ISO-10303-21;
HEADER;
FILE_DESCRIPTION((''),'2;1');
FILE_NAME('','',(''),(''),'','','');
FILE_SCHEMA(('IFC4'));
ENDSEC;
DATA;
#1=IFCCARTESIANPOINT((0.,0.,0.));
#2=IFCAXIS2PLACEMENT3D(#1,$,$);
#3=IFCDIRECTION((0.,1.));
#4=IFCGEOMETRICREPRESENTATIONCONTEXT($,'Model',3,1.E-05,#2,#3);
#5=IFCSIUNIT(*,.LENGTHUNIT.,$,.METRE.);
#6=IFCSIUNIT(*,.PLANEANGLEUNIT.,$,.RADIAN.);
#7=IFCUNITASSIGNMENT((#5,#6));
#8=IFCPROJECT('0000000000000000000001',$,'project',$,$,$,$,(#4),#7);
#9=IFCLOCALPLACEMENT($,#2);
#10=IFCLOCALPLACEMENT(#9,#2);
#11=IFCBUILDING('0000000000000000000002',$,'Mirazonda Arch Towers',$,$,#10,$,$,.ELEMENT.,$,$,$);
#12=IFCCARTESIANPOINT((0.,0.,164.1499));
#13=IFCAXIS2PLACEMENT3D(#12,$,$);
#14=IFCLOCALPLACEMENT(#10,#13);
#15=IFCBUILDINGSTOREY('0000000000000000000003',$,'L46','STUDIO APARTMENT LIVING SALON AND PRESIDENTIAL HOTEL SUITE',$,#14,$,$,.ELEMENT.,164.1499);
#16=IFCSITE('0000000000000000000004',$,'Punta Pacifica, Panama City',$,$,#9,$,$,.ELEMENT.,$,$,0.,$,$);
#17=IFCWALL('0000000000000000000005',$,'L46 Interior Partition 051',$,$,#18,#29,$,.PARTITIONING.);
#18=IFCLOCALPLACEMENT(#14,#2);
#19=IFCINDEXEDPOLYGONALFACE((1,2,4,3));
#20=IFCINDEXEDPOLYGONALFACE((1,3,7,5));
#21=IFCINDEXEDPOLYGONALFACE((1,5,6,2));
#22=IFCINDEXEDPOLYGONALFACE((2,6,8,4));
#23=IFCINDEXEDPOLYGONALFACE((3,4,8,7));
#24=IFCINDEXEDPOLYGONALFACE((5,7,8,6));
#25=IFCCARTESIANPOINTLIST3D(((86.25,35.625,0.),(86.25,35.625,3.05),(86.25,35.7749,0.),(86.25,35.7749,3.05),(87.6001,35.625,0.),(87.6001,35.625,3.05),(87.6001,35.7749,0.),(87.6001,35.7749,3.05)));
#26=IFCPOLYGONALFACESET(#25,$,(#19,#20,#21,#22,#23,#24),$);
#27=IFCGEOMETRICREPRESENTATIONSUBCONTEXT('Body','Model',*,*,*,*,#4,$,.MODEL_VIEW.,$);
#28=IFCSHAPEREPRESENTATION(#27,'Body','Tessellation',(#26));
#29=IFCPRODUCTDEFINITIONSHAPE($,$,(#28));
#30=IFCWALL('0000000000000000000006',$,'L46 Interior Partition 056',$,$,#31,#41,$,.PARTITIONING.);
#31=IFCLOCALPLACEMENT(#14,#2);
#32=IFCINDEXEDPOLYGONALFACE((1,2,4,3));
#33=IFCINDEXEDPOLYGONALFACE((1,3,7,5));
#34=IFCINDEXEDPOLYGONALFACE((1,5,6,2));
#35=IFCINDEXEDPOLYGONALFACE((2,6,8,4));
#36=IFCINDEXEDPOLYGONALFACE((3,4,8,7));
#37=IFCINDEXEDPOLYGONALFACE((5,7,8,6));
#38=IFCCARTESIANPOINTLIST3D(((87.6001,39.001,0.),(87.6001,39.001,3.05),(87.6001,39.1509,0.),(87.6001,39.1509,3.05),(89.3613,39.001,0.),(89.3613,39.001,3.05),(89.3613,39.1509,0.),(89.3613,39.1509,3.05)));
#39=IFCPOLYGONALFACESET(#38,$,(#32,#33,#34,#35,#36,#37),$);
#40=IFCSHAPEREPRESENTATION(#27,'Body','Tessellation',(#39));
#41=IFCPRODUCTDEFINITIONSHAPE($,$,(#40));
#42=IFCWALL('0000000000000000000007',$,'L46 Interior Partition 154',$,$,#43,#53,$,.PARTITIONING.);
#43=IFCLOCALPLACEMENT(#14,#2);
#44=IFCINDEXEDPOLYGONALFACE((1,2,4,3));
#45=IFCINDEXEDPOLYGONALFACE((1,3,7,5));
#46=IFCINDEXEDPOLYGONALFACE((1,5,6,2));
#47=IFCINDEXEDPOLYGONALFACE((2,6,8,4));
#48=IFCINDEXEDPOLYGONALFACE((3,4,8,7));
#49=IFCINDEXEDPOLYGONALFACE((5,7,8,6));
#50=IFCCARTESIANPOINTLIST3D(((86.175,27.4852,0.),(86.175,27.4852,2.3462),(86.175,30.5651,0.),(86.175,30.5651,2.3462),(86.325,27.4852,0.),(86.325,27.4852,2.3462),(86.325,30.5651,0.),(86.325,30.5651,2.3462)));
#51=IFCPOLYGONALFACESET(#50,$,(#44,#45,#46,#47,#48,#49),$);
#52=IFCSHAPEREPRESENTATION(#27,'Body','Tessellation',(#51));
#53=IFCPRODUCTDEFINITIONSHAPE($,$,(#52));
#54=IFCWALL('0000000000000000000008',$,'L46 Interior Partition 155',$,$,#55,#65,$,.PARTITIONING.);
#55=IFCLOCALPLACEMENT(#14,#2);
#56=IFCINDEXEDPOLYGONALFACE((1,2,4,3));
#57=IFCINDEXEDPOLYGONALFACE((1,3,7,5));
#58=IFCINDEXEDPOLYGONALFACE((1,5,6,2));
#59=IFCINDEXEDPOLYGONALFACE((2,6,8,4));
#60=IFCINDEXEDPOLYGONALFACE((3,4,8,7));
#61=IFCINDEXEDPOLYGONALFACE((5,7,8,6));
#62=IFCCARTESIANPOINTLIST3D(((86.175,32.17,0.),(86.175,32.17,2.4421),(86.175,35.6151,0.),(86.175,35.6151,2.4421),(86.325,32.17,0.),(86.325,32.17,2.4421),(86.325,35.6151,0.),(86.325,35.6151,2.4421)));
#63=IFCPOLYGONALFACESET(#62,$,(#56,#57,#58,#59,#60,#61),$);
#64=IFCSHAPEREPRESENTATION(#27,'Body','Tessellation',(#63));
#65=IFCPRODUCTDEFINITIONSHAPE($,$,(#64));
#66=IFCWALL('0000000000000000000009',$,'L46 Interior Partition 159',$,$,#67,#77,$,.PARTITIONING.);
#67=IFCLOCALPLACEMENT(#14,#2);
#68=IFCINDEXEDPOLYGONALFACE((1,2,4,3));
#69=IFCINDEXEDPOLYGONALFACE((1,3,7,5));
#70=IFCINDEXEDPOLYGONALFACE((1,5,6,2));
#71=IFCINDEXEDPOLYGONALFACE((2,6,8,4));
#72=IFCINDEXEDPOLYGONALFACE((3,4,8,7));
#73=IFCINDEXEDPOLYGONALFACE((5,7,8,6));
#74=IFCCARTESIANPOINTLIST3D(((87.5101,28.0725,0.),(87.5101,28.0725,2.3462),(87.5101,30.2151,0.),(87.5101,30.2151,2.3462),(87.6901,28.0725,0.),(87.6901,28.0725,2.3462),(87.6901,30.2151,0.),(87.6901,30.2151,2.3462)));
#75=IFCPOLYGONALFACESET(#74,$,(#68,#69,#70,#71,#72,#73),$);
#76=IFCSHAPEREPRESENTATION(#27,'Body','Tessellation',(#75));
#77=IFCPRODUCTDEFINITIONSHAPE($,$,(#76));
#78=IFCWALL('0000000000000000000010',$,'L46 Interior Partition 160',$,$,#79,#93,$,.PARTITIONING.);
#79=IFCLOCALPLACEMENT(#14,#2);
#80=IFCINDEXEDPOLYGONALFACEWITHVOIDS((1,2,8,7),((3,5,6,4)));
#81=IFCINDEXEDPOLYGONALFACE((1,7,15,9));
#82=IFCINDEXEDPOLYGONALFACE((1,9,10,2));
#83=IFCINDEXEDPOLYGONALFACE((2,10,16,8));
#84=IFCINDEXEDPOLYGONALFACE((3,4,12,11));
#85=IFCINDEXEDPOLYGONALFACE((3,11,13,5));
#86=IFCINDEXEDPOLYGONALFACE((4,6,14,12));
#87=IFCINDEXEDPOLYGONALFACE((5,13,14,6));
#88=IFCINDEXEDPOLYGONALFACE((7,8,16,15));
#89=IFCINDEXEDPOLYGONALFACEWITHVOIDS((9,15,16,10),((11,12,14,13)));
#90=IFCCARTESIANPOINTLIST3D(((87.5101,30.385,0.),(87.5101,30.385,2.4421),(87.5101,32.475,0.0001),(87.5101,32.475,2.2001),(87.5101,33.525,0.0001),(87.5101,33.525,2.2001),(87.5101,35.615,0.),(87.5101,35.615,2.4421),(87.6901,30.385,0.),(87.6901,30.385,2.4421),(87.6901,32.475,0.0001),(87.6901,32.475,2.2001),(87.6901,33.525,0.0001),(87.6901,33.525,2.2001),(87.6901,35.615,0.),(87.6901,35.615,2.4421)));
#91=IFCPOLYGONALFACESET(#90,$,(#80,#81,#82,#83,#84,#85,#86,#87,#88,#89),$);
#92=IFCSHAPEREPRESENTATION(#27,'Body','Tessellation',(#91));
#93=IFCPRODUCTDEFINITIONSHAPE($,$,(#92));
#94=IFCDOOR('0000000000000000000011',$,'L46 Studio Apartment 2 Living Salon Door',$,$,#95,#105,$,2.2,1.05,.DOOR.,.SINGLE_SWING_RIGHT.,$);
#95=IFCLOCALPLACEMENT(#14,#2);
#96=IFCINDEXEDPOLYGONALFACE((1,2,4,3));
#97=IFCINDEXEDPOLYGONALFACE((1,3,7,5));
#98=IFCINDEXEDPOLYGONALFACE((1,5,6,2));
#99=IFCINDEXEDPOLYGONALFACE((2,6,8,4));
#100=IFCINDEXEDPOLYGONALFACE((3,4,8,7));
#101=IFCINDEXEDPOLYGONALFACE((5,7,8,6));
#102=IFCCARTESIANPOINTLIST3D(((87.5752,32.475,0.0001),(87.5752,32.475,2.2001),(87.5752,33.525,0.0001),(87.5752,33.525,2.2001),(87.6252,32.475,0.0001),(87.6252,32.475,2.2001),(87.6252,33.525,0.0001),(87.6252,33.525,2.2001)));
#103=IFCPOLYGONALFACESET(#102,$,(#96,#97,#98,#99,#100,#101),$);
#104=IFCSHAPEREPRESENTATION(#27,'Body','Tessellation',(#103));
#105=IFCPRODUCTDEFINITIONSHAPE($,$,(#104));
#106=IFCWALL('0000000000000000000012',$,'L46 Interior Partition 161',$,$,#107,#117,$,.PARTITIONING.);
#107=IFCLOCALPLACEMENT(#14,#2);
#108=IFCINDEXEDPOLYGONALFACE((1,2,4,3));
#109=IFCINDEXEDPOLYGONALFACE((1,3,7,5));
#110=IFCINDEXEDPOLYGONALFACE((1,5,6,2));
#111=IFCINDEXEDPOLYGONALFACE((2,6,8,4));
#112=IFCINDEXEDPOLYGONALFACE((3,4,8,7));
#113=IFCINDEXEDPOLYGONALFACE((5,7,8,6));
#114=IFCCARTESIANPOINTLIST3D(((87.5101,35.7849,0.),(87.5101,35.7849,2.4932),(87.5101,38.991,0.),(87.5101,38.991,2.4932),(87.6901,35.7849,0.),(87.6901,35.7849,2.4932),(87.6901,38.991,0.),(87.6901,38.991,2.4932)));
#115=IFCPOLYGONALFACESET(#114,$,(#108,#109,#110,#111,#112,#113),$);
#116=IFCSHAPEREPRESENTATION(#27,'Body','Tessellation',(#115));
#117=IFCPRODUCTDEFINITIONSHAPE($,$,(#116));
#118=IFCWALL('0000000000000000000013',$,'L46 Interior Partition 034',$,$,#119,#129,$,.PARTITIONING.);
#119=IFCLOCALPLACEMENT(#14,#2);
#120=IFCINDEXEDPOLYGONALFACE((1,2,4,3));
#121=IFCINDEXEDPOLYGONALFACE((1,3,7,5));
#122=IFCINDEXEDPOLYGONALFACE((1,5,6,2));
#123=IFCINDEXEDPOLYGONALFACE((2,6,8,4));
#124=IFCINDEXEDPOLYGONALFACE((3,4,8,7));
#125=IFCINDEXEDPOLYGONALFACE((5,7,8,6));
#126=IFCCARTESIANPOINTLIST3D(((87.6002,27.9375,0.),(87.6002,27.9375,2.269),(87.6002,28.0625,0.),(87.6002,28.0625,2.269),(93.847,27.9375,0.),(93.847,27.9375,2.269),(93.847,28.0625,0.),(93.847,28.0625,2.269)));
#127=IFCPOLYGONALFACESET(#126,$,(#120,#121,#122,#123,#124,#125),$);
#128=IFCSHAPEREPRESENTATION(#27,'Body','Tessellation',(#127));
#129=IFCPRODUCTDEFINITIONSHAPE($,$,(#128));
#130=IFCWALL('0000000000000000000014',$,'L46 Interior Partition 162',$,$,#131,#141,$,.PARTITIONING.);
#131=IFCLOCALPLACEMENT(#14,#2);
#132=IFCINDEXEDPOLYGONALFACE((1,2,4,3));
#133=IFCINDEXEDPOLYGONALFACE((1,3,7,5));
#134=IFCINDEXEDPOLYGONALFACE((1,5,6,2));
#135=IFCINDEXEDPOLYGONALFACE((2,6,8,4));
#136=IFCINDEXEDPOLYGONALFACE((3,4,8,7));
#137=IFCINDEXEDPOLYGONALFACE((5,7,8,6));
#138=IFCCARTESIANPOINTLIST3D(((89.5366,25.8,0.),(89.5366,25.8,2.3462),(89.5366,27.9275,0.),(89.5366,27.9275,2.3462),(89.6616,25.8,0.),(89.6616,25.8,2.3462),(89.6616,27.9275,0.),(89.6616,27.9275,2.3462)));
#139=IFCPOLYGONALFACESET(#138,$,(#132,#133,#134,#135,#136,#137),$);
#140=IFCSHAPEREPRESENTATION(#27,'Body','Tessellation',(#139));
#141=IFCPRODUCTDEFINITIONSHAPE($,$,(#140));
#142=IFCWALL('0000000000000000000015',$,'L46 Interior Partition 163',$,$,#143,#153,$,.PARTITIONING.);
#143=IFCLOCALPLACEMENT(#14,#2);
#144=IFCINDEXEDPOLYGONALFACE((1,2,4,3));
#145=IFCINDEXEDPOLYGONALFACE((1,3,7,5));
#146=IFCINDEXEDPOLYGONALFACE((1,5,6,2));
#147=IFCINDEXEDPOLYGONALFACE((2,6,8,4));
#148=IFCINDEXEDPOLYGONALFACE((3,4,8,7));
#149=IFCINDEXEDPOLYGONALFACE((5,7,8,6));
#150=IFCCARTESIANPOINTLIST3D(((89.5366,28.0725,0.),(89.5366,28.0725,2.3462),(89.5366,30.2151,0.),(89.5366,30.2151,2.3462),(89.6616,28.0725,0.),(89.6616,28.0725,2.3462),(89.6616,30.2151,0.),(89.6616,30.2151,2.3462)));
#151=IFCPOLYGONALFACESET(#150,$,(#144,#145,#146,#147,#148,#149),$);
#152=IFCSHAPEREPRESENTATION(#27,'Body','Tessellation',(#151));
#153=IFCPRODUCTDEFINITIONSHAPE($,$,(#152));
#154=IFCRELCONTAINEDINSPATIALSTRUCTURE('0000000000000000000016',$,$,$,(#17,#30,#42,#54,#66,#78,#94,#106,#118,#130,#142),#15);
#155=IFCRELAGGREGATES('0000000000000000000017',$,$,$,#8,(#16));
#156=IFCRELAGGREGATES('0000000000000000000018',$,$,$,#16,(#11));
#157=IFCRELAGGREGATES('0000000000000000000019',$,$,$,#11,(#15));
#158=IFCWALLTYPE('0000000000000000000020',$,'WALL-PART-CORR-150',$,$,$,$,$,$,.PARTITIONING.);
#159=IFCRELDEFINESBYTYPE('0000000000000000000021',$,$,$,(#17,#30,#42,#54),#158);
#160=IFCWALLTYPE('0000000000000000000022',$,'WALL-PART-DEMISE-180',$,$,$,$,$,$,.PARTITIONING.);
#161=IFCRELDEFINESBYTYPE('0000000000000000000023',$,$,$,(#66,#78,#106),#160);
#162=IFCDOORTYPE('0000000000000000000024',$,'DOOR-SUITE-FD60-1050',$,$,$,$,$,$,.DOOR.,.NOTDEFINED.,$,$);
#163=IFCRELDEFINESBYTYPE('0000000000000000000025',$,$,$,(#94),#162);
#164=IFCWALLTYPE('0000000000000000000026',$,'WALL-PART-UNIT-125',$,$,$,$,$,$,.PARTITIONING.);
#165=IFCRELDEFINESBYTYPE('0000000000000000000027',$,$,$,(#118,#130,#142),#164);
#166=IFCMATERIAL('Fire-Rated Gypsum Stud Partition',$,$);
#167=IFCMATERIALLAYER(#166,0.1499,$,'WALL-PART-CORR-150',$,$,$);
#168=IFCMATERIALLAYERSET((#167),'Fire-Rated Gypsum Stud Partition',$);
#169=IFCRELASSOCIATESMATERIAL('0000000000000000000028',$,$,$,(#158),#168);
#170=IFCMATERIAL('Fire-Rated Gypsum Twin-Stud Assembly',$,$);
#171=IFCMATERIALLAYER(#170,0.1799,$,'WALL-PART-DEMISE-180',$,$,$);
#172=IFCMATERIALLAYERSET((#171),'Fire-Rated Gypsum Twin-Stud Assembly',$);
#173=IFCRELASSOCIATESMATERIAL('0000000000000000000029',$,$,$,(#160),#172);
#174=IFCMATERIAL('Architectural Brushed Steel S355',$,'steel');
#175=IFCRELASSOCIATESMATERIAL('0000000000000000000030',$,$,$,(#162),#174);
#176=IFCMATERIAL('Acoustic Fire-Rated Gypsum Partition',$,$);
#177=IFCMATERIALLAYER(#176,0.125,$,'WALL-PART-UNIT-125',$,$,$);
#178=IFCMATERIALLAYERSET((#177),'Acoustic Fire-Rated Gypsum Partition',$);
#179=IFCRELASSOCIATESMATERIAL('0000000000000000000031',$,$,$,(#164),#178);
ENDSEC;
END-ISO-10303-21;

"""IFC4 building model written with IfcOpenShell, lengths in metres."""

from ifc_helpers import new_model, si_unit, direction, frame, frame_2d, origin, place, context, subcontext, project, spatial, rectangle, extrude, material, layer, layer_set, type_object, element, fill, save


model = new_model("IFC4")

# Units and contexts
model_context = context("Model", 3, precision=1e-05, world=origin(), true_north=direction((0.0, 1.0)))
body_context = subcontext(model_context, "Body", "Model", "MODEL_VIEW")
ifc_project = project(units=[si_unit("LENGTHUNIT", "METRE"), si_unit("PLANEANGLEUNIT", "RADIAN")], contexts=[model_context])

# Site, building, storey
site_placement = place(None, origin())
site = spatial("IfcSite", under=ifc_project, at=site_placement, Name="Punta Pacifica, Panama City", CompositionType="ELEMENT", RefElevation=0.0)
building_placement = place(site_placement, origin())
building = spatial("IfcBuilding", under=site, at=building_placement, Name="Mirazonda Arch Towers", CompositionType="ELEMENT")
storey_placement = place(building_placement, frame((0.0, 0.0, 164.1499)))
storey = spatial("IfcBuildingStorey", under=building, at=storey_placement, Name="L46", Description="STUDIO APARTMENT LIVING SALON AND PRESIDENTIAL HOTEL SUITE", CompositionType="ELEMENT", Elevation=164.1499)

# Shared definitions
ifc_material_1 = material(Name="Fire-Rated Gypsum Stud Partition")
ifc_layer_1 = layer(ifc_material_1, 0.1499, Name="WALL-PART-CORR-150")
ifc_layer_set_1 = layer_set([ifc_layer_1], Name="Fire-Rated Gypsum Stud Partition")
wall_type_1 = type_object("IfcWallType", Name="WALL-PART-CORR-150", PredefinedType="PARTITIONING", material=ifc_layer_set_1)
ifc_material_2 = material(Name="Architectural Brushed Steel S355", Category="steel")

# Walls
wall_1_placement = place(storey_placement, frame((86.25, 35.7, 0.0), z_axis=(0.0, 0.0, 1.0), x_axis=(1.0, 0.0, 0.0)))
element("IfcWall", 1, at=wall_1_placement, inside=storey, type_object=wall_type_1, Name="L46 Interior Partition 051", PredefinedType="PARTITIONING", context=body_context, shape_type="SweptSolid", body=[
    extrude(rectangle(XDim=1.3501, YDim=0.1499, at=frame_2d((0.675, 0.0))), origin(), (0.0, 0.0, 1.0), 3.05),
])
wall_2_placement = place(storey_placement, frame((87.6001, 39.0759, 0.0), z_axis=(0.0, 0.0, 1.0), x_axis=(1.0, 0.0, 0.0)))
element("IfcWall", 2, at=wall_2_placement, inside=storey, type_object=wall_type_1, Name="L46 Interior Partition 056", PredefinedType="PARTITIONING", context=body_context, shape_type="SweptSolid", body=[
    extrude(rectangle(XDim=1.7612, YDim=0.1499, at=frame_2d((0.8806, 0.0))), origin(), (0.0, 0.0, 1.0), 3.05),
])
wall_3_placement = place(storey_placement, frame((86.25, 27.4851, 0.0), z_axis=(0.0, 0.0, 1.0), x_axis=(0.0, 1.0, 0.0)))
element("IfcWall", 3, at=wall_3_placement, inside=storey, type_object=wall_type_1, Name="L46 Interior Partition 154", PredefinedType="PARTITIONING", context=body_context, shape_type="SweptSolid", body=[
    extrude(rectangle(XDim=3.0798, YDim=0.1499, at=frame_2d((1.54, 0.0))), origin(), (0.0, 0.0, 1.0), 2.3462),
])
wall_4_placement = place(storey_placement, frame((86.25, 32.1699, 0.0), z_axis=(0.0, 0.0, 1.0), x_axis=(0.0, 1.0, 0.0)))
element("IfcWall", 4, at=wall_4_placement, inside=storey, type_object=wall_type_1, Name="L46 Interior Partition 155", PredefinedType="PARTITIONING", context=body_context, shape_type="SweptSolid", body=[
    extrude(rectangle(XDim=3.4451, YDim=0.1499, at=frame_2d((1.7227, 0.0))), origin(), (0.0, 0.0, 1.0), 2.4421),
])
ifc_material_3 = material(Name="Fire-Rated Gypsum Twin-Stud Assembly")
ifc_layer_2 = layer(ifc_material_3, 0.1799, Name="WALL-PART-DEMISE-180")
ifc_layer_set_2 = layer_set([ifc_layer_2], Name="Fire-Rated Gypsum Twin-Stud Assembly")
wall_type_2 = type_object("IfcWallType", Name="WALL-PART-DEMISE-180", PredefinedType="PARTITIONING", material=ifc_layer_set_2)
wall_5_placement = place(storey_placement, frame((87.6001, 28.0725, 0.0), z_axis=(0.0, 0.0, 1.0), x_axis=(0.0, 1.0, 0.0)))
element("IfcWall", 5, at=wall_5_placement, inside=storey, type_object=wall_type_2, Name="L46 Interior Partition 159", PredefinedType="PARTITIONING", context=body_context, shape_type="SweptSolid", body=[
    extrude(rectangle(XDim=2.1426, YDim=0.1799, at=frame_2d((1.0713, 0.0))), origin(), (0.0, 0.0, 1.0), 2.3462),
])

# Wall, opening, door
wall_6_placement = place(storey_placement, frame((87.6001, 30.385, 0.0), z_axis=(0.0, 0.0, 1.0), x_axis=(0.0, 1.0, 0.0)))
wall_6 = element("IfcWall", 6, at=wall_6_placement, inside=storey, type_object=wall_type_2, Name="L46 Interior Partition 160", PredefinedType="PARTITIONING", context=body_context, shape_type="SweptSolid", body=[
    extrude(rectangle(XDim=5.23, YDim=0.1799, at=frame_2d((2.615, 0.0))), origin(), (0.0, 0.0, 1.0), 2.4421),
])
opening_1_placement = place(wall_6_placement, frame((2.0901, 0.0, 0.0)))
opening_1 = element("IfcOpeningElement", 7, at=opening_1_placement, cuts=wall_6, PredefinedType="OPENING", context=body_context, shape_type="SweptSolid", body=[
    extrude(rectangle(XDim=1.05, YDim=2.2, at=frame_2d((0.5249, 1.1001))), frame((0.0, 0.0999, 0.0), z_axis=(0.0, -1.0, 0.0), x_axis=(1.0, 0.0, 0.0)), (0.0, 0.0, 1.0), 0.2),
])
door_type_1 = type_object("IfcDoorType", Name="DOOR-SUITE-FD60-1050", OperationType="NOTDEFINED", PredefinedType="DOOR", material=ifc_material_2)
door_1_placement = place(opening_1_placement, origin())
door_1 = element("IfcDoor", 8, at=door_1_placement, inside=storey, type_object=door_type_1, Name="L46 Studio Apartment 2 Living Salon Door", OperationType="SINGLE_SWING_RIGHT", OverallHeight=2.2, OverallWidth=1.05, PredefinedType="DOOR", context=body_context, shape_type="SweptSolid", body=[
    extrude(rectangle(XDim=1.05, YDim=2.2, at=frame_2d((0.5249, 1.1001))), frame((0.0, 0.0249, 0.0), z_axis=(0.0, -1.0, 0.0), x_axis=(1.0, 0.0, 0.0)), (0.0, 0.0, 1.0), 0.05),
])
fill(opening_1, door_1)

# Walls
wall_7_placement = place(storey_placement, frame((87.6001, 35.7849, 0.0), z_axis=(0.0, 0.0, 1.0), x_axis=(0.0, 1.0, 0.0)))
element("IfcWall", 9, at=wall_7_placement, inside=storey, type_object=wall_type_2, Name="L46 Interior Partition 161", PredefinedType="PARTITIONING", context=body_context, shape_type="SweptSolid", body=[
    extrude(rectangle(XDim=3.2061, YDim=0.1799, at=frame_2d((1.603, 0.0))), origin(), (0.0, 0.0, 1.0), 2.4932),
])
ifc_material_4 = material(Name="Acoustic Fire-Rated Gypsum Partition")
ifc_layer_3 = layer(ifc_material_4, 0.125, Name="WALL-PART-UNIT-125")
ifc_layer_set_3 = layer_set([ifc_layer_3], Name="Acoustic Fire-Rated Gypsum Partition")
wall_type_3 = type_object("IfcWallType", Name="WALL-PART-UNIT-125", PredefinedType="PARTITIONING", material=ifc_layer_set_3)
wall_8_placement = place(storey_placement, frame((87.6001, 28.0, 0.0), z_axis=(0.0, 0.0, 1.0), x_axis=(1.0, 0.0, 0.0)))
element("IfcWall", 10, at=wall_8_placement, inside=storey, type_object=wall_type_3, Name="L46 Interior Partition 034", PredefinedType="PARTITIONING", context=body_context, shape_type="SweptSolid", body=[
    extrude(rectangle(XDim=6.2468, YDim=0.125, at=frame_2d((3.1235, 0.0))), origin(), (0.0, 0.0, 1.0), 2.269),
])
wall_9_placement = place(storey_placement, frame((89.5991, 25.8, 0.0), z_axis=(0.0, 0.0, 1.0), x_axis=(0.0, 1.0, 0.0)))
element("IfcWall", 11, at=wall_9_placement, inside=storey, type_object=wall_type_3, Name="L46 Interior Partition 162", PredefinedType="PARTITIONING", context=body_context, shape_type="SweptSolid", body=[
    extrude(rectangle(XDim=2.1274, YDim=0.125, at=frame_2d((1.0637, 0.0))), origin(), (0.0, 0.0, 1.0), 2.3462),
])
wall_10_placement = place(storey_placement, frame((89.5991, 28.0725, 0.0), z_axis=(0.0, 0.0, 1.0), x_axis=(0.0, 1.0, 0.0)))
element("IfcWall", 12, at=wall_10_placement, inside=storey, type_object=wall_type_3, Name="L46 Interior Partition 163", PredefinedType="PARTITIONING", context=body_context, shape_type="SweptSolid", body=[
    extrude(rectangle(XDim=2.1426, YDim=0.125, at=frame_2d((1.0713, 0.0))), origin(), (0.0, 0.0, 1.0), 2.3462),
])

save(model, "model.ifc")
